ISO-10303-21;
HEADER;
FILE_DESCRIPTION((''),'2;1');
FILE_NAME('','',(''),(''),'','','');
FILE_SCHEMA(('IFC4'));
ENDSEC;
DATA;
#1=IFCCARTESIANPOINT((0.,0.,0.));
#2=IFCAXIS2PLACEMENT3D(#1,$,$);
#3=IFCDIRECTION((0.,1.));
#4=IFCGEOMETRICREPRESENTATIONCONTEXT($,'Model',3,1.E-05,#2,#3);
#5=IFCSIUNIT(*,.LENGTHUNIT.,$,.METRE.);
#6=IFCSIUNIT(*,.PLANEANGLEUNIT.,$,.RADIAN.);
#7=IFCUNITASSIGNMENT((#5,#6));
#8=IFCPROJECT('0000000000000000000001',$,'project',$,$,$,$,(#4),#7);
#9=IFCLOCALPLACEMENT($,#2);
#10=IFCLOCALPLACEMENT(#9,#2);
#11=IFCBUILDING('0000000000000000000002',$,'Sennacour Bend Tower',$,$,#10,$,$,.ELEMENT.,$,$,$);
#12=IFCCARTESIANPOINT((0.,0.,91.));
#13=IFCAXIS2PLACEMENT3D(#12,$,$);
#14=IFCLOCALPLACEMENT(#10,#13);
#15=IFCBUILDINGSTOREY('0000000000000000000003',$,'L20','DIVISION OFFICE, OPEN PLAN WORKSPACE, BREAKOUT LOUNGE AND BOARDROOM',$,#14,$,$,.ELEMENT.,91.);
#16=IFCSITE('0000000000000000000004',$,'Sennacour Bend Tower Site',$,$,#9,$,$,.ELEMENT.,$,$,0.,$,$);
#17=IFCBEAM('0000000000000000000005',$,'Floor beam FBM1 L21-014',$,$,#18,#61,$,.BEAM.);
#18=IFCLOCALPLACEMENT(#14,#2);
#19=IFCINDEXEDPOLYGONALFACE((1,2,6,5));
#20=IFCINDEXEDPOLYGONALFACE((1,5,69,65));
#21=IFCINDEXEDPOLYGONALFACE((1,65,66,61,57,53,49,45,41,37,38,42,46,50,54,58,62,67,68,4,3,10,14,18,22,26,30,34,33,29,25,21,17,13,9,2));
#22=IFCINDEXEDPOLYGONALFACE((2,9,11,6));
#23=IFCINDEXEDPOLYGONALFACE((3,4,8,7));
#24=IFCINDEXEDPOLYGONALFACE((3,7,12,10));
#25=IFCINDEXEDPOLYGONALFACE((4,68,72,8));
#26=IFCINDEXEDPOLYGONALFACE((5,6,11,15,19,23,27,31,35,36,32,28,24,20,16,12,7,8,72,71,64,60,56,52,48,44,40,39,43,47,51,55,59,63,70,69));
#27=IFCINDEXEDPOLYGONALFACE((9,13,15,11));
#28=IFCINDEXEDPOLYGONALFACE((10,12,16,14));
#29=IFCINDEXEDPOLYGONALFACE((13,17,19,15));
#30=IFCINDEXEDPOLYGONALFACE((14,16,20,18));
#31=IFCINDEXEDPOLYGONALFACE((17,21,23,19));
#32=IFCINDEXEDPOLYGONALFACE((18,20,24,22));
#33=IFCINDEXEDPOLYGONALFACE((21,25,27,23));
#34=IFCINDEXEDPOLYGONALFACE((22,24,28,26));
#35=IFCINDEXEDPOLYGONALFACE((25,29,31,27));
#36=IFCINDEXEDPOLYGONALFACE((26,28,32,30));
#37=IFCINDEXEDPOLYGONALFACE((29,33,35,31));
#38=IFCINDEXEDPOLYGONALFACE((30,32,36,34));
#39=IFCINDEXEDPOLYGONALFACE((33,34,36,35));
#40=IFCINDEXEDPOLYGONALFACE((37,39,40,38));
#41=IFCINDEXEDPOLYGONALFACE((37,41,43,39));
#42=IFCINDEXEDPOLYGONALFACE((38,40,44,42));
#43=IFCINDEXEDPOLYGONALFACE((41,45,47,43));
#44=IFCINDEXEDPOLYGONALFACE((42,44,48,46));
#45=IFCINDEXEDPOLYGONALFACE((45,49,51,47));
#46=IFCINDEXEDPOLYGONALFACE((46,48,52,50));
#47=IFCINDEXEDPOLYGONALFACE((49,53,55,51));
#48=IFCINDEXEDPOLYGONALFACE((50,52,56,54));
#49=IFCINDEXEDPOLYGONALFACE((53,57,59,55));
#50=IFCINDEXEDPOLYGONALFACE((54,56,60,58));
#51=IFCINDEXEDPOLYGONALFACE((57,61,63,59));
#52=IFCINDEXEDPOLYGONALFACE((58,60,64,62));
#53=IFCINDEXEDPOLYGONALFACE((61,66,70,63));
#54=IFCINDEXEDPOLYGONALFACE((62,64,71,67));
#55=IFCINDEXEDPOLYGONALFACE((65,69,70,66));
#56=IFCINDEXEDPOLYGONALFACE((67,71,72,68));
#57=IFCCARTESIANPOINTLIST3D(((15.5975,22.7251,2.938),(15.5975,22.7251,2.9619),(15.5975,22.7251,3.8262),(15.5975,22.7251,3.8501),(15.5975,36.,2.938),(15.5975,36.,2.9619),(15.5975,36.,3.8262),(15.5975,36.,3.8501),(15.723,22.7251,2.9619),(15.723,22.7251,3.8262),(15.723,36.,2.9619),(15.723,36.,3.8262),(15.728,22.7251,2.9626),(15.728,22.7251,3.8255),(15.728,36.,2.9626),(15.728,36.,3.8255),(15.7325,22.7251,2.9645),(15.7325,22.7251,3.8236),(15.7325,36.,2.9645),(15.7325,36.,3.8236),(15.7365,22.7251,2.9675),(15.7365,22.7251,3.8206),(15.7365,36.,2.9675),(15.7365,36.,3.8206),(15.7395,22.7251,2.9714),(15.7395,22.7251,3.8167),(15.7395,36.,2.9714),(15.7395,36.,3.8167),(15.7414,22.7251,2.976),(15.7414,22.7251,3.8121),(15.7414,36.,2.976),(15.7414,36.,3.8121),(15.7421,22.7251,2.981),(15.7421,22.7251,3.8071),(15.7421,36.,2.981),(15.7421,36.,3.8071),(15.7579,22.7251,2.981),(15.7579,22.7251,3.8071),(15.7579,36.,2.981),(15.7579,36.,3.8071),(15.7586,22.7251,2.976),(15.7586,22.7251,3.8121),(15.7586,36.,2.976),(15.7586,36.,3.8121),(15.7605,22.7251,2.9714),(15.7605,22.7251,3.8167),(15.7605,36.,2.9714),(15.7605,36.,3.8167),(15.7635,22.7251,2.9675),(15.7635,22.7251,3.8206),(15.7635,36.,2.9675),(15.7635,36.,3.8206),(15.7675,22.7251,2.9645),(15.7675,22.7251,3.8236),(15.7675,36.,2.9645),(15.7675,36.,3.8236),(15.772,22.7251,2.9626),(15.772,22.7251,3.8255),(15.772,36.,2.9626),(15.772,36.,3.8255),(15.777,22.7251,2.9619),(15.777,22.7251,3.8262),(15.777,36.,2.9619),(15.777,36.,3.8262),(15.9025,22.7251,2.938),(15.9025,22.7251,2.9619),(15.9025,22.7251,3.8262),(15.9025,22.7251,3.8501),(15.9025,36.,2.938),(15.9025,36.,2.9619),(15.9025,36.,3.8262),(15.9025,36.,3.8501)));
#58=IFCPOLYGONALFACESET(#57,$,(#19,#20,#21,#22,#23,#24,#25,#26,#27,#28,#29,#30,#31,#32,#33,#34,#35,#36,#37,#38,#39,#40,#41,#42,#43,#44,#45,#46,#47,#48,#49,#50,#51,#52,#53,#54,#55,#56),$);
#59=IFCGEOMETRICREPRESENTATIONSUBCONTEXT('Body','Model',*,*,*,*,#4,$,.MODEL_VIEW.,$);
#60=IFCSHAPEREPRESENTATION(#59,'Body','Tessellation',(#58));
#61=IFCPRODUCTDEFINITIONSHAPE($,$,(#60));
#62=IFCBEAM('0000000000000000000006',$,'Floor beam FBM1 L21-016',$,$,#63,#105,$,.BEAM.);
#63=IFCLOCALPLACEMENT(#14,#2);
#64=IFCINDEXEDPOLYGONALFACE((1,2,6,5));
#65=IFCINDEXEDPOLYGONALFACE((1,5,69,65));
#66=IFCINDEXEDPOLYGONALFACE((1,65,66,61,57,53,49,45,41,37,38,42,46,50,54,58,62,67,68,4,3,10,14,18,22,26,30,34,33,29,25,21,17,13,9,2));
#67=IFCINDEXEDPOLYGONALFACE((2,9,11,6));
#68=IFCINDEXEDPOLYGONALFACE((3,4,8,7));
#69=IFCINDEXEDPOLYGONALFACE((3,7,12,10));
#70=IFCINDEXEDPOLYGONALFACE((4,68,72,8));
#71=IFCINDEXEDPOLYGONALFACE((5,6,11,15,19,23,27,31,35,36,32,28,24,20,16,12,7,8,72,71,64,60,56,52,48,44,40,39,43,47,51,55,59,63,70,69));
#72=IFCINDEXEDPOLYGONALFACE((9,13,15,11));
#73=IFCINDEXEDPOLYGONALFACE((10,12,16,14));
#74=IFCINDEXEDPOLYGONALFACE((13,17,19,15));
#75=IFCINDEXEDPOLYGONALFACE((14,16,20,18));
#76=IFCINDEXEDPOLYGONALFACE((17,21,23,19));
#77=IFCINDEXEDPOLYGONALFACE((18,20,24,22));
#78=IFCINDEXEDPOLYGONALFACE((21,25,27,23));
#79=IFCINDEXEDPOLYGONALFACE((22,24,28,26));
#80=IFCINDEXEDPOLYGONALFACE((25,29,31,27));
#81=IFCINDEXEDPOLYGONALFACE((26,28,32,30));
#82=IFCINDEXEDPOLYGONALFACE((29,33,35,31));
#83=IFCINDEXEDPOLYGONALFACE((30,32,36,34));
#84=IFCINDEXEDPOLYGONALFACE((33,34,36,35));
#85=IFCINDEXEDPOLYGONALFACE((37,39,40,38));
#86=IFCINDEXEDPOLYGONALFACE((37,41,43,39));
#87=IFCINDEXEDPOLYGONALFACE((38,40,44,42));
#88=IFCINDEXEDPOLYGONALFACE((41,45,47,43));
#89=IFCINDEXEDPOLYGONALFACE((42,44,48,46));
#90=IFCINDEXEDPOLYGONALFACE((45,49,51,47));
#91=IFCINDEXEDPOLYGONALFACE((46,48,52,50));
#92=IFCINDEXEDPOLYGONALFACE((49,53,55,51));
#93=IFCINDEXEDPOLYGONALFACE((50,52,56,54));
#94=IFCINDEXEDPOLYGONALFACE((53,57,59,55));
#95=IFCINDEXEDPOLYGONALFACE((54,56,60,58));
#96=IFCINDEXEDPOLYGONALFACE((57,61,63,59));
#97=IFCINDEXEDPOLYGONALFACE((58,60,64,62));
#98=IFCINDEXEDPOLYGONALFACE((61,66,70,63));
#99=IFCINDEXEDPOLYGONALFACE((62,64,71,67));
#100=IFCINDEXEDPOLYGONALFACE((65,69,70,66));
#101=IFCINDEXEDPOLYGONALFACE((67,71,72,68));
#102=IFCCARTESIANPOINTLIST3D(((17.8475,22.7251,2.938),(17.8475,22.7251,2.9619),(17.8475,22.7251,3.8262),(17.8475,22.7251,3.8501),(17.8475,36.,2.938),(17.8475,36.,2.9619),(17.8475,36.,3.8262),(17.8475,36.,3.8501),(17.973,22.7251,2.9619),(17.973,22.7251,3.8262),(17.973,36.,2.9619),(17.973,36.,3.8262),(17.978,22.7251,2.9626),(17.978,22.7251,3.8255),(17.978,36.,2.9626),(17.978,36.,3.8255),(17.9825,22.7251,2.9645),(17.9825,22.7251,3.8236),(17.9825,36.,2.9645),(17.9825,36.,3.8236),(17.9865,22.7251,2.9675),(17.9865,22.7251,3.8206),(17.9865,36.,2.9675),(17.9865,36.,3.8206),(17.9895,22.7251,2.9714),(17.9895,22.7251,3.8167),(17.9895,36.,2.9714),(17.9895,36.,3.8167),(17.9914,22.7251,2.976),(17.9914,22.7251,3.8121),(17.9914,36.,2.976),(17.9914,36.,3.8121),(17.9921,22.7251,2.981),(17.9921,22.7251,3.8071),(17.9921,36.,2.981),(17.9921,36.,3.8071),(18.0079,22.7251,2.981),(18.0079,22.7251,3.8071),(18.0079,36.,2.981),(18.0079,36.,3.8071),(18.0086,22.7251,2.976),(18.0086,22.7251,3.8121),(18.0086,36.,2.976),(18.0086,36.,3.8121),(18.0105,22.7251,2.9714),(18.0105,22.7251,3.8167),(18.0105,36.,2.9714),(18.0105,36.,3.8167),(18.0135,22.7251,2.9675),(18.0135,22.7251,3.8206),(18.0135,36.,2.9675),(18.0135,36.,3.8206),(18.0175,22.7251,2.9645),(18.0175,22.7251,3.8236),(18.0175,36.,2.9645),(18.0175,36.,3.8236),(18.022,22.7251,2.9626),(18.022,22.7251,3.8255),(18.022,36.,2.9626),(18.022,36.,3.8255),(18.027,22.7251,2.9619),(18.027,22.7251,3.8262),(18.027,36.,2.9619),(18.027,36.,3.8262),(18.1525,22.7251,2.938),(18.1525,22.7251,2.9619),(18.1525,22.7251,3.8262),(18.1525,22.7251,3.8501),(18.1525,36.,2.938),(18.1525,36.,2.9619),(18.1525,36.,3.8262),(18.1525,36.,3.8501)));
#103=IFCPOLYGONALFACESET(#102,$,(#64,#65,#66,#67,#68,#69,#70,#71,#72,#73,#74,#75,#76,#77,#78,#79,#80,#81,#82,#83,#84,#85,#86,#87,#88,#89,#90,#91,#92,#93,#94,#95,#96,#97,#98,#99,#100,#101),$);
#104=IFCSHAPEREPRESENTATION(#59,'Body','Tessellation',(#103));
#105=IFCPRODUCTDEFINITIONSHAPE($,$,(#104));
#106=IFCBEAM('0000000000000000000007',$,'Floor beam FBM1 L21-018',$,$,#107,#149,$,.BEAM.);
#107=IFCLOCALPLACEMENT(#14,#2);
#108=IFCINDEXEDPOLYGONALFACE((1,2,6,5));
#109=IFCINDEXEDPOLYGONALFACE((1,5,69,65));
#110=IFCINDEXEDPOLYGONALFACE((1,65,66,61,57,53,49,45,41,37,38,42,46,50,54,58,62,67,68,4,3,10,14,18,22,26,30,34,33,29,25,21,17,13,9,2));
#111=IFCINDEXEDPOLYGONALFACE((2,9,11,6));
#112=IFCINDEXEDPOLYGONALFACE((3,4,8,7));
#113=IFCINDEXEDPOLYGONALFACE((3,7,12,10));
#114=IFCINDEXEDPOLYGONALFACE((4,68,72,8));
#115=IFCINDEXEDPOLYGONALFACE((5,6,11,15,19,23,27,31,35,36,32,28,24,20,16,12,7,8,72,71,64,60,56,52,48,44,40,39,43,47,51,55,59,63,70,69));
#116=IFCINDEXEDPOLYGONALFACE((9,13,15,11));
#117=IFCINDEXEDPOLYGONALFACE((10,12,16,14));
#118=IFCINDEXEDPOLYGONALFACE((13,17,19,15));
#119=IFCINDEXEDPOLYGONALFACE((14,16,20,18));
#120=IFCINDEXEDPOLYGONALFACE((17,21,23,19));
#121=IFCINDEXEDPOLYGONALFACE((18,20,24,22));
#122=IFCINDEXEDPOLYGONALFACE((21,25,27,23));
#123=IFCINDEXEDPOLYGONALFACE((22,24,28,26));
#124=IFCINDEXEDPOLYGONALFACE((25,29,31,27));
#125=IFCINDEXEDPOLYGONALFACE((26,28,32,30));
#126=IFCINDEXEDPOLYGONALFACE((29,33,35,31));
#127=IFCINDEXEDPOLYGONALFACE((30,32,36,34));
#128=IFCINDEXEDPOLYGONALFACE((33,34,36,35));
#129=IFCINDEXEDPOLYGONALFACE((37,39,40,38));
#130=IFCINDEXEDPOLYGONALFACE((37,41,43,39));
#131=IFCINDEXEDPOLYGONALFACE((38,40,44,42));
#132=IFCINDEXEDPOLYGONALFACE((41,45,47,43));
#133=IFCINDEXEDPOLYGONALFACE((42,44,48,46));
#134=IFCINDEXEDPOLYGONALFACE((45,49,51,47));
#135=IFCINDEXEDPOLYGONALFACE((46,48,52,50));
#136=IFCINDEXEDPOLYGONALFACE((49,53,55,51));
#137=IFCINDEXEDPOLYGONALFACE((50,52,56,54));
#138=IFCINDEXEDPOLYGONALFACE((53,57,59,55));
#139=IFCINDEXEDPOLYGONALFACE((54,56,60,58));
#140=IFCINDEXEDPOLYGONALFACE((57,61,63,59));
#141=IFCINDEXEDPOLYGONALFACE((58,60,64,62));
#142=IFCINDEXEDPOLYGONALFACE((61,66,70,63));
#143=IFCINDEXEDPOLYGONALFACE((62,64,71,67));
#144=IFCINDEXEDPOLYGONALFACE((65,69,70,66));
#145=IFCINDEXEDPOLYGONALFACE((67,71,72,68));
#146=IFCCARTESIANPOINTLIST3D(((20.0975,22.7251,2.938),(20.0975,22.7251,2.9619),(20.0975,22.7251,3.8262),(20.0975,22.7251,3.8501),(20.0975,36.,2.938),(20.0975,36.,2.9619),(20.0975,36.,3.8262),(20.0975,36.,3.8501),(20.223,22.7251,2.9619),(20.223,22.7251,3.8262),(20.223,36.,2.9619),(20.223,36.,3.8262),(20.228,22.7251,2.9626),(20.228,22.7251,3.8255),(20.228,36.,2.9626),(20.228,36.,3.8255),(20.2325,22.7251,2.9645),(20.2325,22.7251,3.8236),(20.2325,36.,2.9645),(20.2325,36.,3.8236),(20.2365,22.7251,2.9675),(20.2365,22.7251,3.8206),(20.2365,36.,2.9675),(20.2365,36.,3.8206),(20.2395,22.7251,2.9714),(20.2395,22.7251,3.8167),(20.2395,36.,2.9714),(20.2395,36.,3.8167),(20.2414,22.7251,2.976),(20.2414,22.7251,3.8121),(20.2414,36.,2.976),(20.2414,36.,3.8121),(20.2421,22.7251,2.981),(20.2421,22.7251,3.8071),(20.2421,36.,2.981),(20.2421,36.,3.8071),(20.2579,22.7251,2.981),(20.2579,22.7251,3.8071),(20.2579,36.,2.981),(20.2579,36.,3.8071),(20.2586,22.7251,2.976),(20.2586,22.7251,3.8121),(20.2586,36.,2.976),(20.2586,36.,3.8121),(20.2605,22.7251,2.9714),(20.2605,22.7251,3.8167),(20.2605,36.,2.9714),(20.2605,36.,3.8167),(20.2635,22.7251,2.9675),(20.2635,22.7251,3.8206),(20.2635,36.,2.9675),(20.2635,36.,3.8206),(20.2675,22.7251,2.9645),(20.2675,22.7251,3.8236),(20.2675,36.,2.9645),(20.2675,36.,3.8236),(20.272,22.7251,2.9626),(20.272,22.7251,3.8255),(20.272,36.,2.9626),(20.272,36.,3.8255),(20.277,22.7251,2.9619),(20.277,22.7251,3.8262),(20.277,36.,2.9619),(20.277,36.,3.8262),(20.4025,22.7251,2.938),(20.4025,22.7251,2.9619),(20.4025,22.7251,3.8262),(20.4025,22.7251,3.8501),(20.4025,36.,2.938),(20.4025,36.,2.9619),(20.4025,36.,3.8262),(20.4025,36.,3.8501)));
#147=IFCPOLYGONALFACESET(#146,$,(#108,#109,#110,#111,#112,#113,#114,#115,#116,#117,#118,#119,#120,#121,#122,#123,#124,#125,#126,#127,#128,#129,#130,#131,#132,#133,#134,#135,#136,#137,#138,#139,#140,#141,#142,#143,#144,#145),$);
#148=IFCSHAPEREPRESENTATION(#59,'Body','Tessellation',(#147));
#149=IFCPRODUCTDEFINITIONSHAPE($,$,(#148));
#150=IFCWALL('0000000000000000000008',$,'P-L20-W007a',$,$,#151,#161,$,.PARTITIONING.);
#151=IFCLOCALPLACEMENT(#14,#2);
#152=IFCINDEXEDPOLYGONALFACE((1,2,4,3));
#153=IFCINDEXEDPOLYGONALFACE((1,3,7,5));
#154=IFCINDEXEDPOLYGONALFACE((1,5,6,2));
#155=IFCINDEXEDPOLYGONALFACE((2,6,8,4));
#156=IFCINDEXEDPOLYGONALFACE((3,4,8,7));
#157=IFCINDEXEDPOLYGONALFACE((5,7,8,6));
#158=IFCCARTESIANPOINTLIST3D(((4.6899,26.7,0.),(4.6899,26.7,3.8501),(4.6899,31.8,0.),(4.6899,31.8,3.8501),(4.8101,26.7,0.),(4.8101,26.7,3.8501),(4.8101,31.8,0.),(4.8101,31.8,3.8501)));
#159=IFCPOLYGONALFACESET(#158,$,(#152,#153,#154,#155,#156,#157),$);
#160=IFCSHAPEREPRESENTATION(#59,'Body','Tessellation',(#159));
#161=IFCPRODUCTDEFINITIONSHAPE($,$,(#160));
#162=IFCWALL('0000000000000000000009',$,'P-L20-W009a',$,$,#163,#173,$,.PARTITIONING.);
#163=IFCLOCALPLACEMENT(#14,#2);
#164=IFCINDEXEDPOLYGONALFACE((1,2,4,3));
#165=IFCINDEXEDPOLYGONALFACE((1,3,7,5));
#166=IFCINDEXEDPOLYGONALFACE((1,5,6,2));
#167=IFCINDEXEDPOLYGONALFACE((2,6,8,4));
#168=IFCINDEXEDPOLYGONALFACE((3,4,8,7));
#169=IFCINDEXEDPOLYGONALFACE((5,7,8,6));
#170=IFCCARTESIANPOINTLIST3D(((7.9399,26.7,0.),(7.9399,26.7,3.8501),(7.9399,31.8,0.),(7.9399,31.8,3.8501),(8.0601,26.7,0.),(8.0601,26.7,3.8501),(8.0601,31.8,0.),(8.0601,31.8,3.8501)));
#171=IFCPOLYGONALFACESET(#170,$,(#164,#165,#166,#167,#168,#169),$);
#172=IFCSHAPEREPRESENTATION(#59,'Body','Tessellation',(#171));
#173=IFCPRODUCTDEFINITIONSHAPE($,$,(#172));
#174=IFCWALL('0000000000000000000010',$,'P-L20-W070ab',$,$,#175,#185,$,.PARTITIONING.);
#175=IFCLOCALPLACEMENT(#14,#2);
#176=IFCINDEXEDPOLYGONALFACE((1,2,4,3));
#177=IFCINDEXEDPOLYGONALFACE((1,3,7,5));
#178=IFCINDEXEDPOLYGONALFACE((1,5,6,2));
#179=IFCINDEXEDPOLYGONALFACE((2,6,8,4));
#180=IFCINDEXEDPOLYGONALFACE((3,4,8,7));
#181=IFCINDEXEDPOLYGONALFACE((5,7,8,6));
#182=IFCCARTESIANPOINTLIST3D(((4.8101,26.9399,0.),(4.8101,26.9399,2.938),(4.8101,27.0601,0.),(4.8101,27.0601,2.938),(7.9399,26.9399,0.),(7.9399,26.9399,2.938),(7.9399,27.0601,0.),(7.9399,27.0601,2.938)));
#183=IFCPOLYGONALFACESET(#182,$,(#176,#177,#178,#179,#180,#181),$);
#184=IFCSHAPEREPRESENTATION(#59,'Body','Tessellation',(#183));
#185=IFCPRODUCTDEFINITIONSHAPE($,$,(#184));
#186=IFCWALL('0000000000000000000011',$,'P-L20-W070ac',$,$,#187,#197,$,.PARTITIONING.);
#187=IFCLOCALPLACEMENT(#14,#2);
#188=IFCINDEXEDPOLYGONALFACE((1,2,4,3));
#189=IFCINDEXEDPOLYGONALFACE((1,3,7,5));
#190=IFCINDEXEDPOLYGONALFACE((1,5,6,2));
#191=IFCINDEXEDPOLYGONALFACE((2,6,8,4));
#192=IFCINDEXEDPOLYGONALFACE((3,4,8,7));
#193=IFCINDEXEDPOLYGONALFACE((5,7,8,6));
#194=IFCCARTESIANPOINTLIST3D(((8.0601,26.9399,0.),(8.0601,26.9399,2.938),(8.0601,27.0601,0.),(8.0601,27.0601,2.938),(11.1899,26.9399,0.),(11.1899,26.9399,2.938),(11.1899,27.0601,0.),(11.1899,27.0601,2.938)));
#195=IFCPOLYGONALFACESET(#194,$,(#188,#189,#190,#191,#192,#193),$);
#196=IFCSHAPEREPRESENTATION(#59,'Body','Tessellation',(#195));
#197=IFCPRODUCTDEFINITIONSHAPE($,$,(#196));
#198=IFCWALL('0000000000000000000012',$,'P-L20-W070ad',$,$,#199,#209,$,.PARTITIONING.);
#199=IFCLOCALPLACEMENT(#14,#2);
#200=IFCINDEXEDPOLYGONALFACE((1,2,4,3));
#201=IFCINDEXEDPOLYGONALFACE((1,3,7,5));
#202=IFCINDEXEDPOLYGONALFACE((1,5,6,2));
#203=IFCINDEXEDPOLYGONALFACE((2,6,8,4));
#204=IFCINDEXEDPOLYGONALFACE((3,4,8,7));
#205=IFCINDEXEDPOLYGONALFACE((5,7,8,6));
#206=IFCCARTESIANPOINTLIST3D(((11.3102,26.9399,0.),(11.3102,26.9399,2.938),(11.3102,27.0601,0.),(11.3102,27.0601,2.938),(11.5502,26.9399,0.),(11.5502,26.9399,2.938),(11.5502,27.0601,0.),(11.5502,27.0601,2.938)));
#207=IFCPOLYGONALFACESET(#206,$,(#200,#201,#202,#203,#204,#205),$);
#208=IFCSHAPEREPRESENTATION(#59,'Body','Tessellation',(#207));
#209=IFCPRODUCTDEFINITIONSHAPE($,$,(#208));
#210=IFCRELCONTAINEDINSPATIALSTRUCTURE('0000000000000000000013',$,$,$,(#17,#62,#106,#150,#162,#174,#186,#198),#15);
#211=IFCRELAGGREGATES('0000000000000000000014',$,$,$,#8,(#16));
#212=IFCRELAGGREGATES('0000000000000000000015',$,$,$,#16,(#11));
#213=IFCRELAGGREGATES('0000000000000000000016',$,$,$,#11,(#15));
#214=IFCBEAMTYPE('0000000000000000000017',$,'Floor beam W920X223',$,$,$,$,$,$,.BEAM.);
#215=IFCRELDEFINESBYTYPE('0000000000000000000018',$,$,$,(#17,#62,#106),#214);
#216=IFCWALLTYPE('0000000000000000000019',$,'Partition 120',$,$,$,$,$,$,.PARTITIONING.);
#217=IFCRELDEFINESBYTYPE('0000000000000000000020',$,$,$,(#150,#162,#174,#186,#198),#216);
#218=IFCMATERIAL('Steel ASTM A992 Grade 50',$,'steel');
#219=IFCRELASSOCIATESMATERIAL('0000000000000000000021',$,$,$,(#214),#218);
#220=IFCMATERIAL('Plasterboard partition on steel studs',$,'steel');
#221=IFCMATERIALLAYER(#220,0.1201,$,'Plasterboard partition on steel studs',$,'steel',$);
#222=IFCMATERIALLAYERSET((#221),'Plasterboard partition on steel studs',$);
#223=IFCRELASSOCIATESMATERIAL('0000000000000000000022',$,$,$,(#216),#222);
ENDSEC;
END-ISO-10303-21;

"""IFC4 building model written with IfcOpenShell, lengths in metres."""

from ifc_helpers import new_model, si_unit, direction, frame, frame_2d, origin, origin_2d, place, context, subcontext, project, spatial, rectangle, i_section, extrude, material, layer, layer_set, material_profile, profile_set, type_object, element, save


model = new_model("IFC4")

# Units and contexts
model_context = context("Model", 3, precision=1e-05, world=origin(), true_north=direction((0.0, 1.0)))
body_context = subcontext(model_context, "Body", "Model", "MODEL_VIEW")
ifc_project = project(units=[si_unit("LENGTHUNIT", "METRE"), si_unit("PLANEANGLEUNIT", "RADIAN")], contexts=[model_context])

# Site, building, storey
site_placement = place(None, origin())
site = spatial("IfcSite", under=ifc_project, at=site_placement, Name="Sennacour Bend Tower Site", CompositionType="ELEMENT", RefElevation=0.0)
building_placement = place(site_placement, origin())
building = spatial("IfcBuilding", under=site, at=building_placement, Name="Sennacour Bend Tower", CompositionType="ELEMENT")
storey_placement = place(building_placement, frame((0.0, 0.0, 91.0)))
storey = spatial("IfcBuildingStorey", under=building, at=storey_placement, Name="L20", Description="DIVISION OFFICE, OPEN PLAN WORKSPACE, BREAKOUT LOUNGE AND BOARDROOM", CompositionType="ELEMENT", Elevation=91.0)

# Beams
ifc_material_1 = material(Name="Steel ASTM A992 Grade 50", Category="steel")
ifc_material_profile = material_profile(ifc_material_1, i_section(OverallWidth=0.3049, OverallDepth=0.9121, WebThickness=0.0159, FlangeThickness=0.0239, FilletRadius=0.019, at=origin_2d()), Name="Steel ASTM A992 Grade 50", Category="steel")
ifc_profile_set = profile_set([ifc_material_profile], Name="Steel ASTM A992 Grade 50")
beam_type = type_object("IfcBeamType", Name="Floor beam W920X223", PredefinedType="BEAM", material=ifc_profile_set)
for number, where, z_axis, x_axis, name in (
    (1, (15.75, 22.7251, 3.394), (0.0, 1.0, 0.0), (-1.0, 0.0, 0.0), "Floor beam FBM1 L21-014"),
    (2, (18.0, 22.7251, 3.394), (0.0, 1.0, 0.0), (-1.0, 0.0, 0.0), "Floor beam FBM1 L21-016"),
    (3, (20.25, 22.7251, 3.394), (0.0, 1.0, 0.0), (-1.0, 0.0, 0.0), "Floor beam FBM1 L21-018"),
):
    element("IfcBeam", number, at=place(storey_placement, frame(where, z_axis=z_axis, x_axis=x_axis)), inside=storey, type_object=beam_type, Name=name, PredefinedType="BEAM", context=body_context, shape_type="SweptSolid", body=[
        extrude(i_section(OverallWidth=0.3049, OverallDepth=0.9121, WebThickness=0.0159, FlangeThickness=0.0239, FilletRadius=0.019, at=origin_2d()), origin(), (0.0, 0.0, 1.0), 13.2749),
    ])

# Walls
ifc_material_2 = material(Name="Plasterboard partition on steel studs", Category="steel")
ifc_layer_1 = layer(ifc_material_2, 0.1201, Name="Plasterboard partition on steel studs", Category="steel")
ifc_layer_set_1 = layer_set([ifc_layer_1], Name="Plasterboard partition on steel studs")
wall_type_1 = type_object("IfcWallType", Name="Partition 120", PredefinedType="PARTITIONING", material=ifc_layer_set_1)
for number, where, z_axis, x_axis, name in (
    (4, (4.75, 26.7, 0.0), (0.0, 0.0, 1.0), (0.0, 1.0, 0.0), "P-L20-W007a"),
    (5, (8.0, 26.7, 0.0), (0.0, 0.0, 1.0), (0.0, 1.0, 0.0), "P-L20-W009a"),
):
    element("IfcWall", number, at=place(storey_placement, frame(where, z_axis=z_axis, x_axis=x_axis)), inside=storey, type_object=wall_type_1, Name=name, PredefinedType="PARTITIONING", context=body_context, shape_type="SweptSolid", body=[
        extrude(rectangle(XDim=5.1001, YDim=0.1201, at=frame_2d((2.55, 0.0))), origin(), (0.0, 0.0, 1.0), 3.8501),
    ])
for number, where, z_axis, x_axis, name in (
    (6, (4.8101, 27.0, 0.0), (0.0, 0.0, 1.0), (1.0, 0.0, 0.0), "P-L20-W070ab"),
    (7, (8.0601, 27.0, 0.0), (0.0, 0.0, 1.0), (1.0, 0.0, 0.0), "P-L20-W070ac"),
):
    element("IfcWall", number, at=place(storey_placement, frame(where, z_axis=z_axis, x_axis=x_axis)), inside=storey, type_object=wall_type_1, Name=name, PredefinedType="PARTITIONING", context=body_context, shape_type="SweptSolid", body=[
        extrude(rectangle(XDim=3.1299, YDim=0.1201, at=frame_2d((1.5649, 0.0))), origin(), (0.0, 0.0, 1.0), 2.938),
    ])
for number, where, z_axis, x_axis, name in (
    (8, (11.3101, 27.0, 0.0), (0.0, 0.0, 1.0), (1.0, 0.0, 0.0), "P-L20-W070ad"),
):
    element("IfcWall", number, at=place(storey_placement, frame(where, z_axis=z_axis, x_axis=x_axis)), inside=storey, type_object=wall_type_1, Name=name, PredefinedType="PARTITIONING", context=body_context, shape_type="SweptSolid", body=[
        extrude(rectangle(XDim=0.24, YDim=0.1201, at=frame_2d((0.1201, 0.0))), origin(), (0.0, 0.0, 1.0), 2.938),
    ])

save(model, "model.ifc")
